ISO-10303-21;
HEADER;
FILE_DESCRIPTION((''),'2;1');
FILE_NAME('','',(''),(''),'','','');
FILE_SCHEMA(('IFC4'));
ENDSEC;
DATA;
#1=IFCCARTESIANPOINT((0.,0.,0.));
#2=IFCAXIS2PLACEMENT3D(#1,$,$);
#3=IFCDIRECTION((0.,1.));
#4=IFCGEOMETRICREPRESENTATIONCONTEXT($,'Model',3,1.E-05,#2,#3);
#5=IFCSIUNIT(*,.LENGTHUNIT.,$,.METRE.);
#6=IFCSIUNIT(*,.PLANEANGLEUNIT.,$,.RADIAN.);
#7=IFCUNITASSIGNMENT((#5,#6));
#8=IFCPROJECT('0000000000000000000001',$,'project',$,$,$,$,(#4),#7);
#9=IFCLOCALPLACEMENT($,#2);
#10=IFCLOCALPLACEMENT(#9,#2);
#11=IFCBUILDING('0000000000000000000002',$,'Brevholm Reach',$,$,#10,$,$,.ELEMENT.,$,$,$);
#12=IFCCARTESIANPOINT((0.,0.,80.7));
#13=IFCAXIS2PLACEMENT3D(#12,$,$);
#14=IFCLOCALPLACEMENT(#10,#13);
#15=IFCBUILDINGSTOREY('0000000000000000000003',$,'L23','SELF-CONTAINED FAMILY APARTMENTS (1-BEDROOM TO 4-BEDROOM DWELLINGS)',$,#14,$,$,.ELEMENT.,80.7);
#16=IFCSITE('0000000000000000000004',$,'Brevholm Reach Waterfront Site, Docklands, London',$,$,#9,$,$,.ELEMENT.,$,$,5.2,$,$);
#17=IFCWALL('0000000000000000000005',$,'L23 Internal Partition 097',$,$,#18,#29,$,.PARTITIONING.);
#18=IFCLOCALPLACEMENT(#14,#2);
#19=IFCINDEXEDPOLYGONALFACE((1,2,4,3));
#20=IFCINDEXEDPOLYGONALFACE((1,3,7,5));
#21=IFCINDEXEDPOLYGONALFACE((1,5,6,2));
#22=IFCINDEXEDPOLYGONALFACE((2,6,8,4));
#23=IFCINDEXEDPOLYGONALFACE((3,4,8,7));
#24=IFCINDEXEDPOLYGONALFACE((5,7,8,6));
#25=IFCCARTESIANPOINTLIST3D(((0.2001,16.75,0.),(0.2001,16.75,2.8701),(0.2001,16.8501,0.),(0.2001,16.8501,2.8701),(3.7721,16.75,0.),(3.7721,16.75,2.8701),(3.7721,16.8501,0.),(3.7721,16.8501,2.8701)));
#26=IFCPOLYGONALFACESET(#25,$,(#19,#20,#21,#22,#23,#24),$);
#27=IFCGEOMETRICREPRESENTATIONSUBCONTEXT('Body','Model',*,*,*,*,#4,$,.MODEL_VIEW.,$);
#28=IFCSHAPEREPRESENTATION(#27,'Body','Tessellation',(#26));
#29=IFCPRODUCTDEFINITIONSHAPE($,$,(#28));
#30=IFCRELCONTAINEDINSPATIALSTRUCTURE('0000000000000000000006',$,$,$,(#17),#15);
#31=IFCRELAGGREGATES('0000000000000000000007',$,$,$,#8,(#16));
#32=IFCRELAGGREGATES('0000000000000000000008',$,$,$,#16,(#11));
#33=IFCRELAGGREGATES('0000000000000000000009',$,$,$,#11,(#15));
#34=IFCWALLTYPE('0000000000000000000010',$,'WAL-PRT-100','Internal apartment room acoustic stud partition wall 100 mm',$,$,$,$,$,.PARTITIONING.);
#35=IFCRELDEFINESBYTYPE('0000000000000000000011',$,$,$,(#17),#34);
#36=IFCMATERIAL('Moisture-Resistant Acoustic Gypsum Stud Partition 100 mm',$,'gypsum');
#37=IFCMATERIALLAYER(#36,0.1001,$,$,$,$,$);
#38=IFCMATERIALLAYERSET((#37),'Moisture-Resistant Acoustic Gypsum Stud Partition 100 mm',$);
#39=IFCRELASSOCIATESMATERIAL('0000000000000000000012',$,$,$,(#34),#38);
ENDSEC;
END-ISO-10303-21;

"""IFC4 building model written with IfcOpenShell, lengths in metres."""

from ifc_helpers import new_model, si_unit, direction, frame, frame_2d, origin, place, context, subcontext, project, spatial, rectangle, extrude, material, layer, layer_set, type_object, element, save


model = new_model("IFC4")

# Units and contexts
model_context = context("Model", 3, precision=1e-05, world=origin(), true_north=direction((0.0, 1.0)))
body_context = subcontext(model_context, "Body", "Model", "MODEL_VIEW")
ifc_project = project(units=[si_unit("LENGTHUNIT", "METRE"), si_unit("PLANEANGLEUNIT", "RADIAN")], contexts=[model_context])

# Site, building, storey
site_placement = place(None, origin())
site = spatial("IfcSite", under=ifc_project, at=site_placement, Name="Brevholm Reach Waterfront Site, Docklands, London", CompositionType="ELEMENT", RefElevation=5.2)
building_placement = place(site_placement, origin())
building = spatial("IfcBuilding", under=site, at=building_placement, Name="Brevholm Reach", CompositionType="ELEMENT")
storey_placement = place(building_placement, frame((0.0, 0.0, 80.7)))
storey = spatial("IfcBuildingStorey", under=building, at=storey_placement, Name="L23", Description="SELF-CONTAINED FAMILY APARTMENTS (1-BEDROOM TO 4-BEDROOM DWELLINGS)", CompositionType="ELEMENT", Elevation=80.7)

# Wall
ifc_material_1 = material(Name="Moisture-Resistant Acoustic Gypsum Stud Partition 100 mm", Category="gypsum")
ifc_layer_1 = layer(ifc_material_1, 0.1001)
ifc_layer_set_1 = layer_set([ifc_layer_1], Name="Moisture-Resistant Acoustic Gypsum Stud Partition 100 mm")
wall_type = type_object("IfcWallType", Name="WAL-PRT-100", Description="Internal apartment room acoustic stud partition wall 100 mm", PredefinedType="PARTITIONING", material=ifc_layer_set_1)
wall_placement = place(storey_placement, frame((0.2, 16.8, 0.0), z_axis=(0.0, 0.0, 1.0), x_axis=(1.0, 0.0, 0.0)))
element("IfcWall", 1, at=wall_placement, inside=storey, type_object=wall_type, Name="L23 Internal Partition 097", PredefinedType="PARTITIONING", context=body_context, shape_type="SweptSolid", body=[
    extrude(rectangle(XDim=3.572, YDim=0.1001, at=frame_2d((1.7861, 0.0))), origin(), (0.0, 0.0, 1.0), 2.8701),
])

save(model, "model.ifc")
